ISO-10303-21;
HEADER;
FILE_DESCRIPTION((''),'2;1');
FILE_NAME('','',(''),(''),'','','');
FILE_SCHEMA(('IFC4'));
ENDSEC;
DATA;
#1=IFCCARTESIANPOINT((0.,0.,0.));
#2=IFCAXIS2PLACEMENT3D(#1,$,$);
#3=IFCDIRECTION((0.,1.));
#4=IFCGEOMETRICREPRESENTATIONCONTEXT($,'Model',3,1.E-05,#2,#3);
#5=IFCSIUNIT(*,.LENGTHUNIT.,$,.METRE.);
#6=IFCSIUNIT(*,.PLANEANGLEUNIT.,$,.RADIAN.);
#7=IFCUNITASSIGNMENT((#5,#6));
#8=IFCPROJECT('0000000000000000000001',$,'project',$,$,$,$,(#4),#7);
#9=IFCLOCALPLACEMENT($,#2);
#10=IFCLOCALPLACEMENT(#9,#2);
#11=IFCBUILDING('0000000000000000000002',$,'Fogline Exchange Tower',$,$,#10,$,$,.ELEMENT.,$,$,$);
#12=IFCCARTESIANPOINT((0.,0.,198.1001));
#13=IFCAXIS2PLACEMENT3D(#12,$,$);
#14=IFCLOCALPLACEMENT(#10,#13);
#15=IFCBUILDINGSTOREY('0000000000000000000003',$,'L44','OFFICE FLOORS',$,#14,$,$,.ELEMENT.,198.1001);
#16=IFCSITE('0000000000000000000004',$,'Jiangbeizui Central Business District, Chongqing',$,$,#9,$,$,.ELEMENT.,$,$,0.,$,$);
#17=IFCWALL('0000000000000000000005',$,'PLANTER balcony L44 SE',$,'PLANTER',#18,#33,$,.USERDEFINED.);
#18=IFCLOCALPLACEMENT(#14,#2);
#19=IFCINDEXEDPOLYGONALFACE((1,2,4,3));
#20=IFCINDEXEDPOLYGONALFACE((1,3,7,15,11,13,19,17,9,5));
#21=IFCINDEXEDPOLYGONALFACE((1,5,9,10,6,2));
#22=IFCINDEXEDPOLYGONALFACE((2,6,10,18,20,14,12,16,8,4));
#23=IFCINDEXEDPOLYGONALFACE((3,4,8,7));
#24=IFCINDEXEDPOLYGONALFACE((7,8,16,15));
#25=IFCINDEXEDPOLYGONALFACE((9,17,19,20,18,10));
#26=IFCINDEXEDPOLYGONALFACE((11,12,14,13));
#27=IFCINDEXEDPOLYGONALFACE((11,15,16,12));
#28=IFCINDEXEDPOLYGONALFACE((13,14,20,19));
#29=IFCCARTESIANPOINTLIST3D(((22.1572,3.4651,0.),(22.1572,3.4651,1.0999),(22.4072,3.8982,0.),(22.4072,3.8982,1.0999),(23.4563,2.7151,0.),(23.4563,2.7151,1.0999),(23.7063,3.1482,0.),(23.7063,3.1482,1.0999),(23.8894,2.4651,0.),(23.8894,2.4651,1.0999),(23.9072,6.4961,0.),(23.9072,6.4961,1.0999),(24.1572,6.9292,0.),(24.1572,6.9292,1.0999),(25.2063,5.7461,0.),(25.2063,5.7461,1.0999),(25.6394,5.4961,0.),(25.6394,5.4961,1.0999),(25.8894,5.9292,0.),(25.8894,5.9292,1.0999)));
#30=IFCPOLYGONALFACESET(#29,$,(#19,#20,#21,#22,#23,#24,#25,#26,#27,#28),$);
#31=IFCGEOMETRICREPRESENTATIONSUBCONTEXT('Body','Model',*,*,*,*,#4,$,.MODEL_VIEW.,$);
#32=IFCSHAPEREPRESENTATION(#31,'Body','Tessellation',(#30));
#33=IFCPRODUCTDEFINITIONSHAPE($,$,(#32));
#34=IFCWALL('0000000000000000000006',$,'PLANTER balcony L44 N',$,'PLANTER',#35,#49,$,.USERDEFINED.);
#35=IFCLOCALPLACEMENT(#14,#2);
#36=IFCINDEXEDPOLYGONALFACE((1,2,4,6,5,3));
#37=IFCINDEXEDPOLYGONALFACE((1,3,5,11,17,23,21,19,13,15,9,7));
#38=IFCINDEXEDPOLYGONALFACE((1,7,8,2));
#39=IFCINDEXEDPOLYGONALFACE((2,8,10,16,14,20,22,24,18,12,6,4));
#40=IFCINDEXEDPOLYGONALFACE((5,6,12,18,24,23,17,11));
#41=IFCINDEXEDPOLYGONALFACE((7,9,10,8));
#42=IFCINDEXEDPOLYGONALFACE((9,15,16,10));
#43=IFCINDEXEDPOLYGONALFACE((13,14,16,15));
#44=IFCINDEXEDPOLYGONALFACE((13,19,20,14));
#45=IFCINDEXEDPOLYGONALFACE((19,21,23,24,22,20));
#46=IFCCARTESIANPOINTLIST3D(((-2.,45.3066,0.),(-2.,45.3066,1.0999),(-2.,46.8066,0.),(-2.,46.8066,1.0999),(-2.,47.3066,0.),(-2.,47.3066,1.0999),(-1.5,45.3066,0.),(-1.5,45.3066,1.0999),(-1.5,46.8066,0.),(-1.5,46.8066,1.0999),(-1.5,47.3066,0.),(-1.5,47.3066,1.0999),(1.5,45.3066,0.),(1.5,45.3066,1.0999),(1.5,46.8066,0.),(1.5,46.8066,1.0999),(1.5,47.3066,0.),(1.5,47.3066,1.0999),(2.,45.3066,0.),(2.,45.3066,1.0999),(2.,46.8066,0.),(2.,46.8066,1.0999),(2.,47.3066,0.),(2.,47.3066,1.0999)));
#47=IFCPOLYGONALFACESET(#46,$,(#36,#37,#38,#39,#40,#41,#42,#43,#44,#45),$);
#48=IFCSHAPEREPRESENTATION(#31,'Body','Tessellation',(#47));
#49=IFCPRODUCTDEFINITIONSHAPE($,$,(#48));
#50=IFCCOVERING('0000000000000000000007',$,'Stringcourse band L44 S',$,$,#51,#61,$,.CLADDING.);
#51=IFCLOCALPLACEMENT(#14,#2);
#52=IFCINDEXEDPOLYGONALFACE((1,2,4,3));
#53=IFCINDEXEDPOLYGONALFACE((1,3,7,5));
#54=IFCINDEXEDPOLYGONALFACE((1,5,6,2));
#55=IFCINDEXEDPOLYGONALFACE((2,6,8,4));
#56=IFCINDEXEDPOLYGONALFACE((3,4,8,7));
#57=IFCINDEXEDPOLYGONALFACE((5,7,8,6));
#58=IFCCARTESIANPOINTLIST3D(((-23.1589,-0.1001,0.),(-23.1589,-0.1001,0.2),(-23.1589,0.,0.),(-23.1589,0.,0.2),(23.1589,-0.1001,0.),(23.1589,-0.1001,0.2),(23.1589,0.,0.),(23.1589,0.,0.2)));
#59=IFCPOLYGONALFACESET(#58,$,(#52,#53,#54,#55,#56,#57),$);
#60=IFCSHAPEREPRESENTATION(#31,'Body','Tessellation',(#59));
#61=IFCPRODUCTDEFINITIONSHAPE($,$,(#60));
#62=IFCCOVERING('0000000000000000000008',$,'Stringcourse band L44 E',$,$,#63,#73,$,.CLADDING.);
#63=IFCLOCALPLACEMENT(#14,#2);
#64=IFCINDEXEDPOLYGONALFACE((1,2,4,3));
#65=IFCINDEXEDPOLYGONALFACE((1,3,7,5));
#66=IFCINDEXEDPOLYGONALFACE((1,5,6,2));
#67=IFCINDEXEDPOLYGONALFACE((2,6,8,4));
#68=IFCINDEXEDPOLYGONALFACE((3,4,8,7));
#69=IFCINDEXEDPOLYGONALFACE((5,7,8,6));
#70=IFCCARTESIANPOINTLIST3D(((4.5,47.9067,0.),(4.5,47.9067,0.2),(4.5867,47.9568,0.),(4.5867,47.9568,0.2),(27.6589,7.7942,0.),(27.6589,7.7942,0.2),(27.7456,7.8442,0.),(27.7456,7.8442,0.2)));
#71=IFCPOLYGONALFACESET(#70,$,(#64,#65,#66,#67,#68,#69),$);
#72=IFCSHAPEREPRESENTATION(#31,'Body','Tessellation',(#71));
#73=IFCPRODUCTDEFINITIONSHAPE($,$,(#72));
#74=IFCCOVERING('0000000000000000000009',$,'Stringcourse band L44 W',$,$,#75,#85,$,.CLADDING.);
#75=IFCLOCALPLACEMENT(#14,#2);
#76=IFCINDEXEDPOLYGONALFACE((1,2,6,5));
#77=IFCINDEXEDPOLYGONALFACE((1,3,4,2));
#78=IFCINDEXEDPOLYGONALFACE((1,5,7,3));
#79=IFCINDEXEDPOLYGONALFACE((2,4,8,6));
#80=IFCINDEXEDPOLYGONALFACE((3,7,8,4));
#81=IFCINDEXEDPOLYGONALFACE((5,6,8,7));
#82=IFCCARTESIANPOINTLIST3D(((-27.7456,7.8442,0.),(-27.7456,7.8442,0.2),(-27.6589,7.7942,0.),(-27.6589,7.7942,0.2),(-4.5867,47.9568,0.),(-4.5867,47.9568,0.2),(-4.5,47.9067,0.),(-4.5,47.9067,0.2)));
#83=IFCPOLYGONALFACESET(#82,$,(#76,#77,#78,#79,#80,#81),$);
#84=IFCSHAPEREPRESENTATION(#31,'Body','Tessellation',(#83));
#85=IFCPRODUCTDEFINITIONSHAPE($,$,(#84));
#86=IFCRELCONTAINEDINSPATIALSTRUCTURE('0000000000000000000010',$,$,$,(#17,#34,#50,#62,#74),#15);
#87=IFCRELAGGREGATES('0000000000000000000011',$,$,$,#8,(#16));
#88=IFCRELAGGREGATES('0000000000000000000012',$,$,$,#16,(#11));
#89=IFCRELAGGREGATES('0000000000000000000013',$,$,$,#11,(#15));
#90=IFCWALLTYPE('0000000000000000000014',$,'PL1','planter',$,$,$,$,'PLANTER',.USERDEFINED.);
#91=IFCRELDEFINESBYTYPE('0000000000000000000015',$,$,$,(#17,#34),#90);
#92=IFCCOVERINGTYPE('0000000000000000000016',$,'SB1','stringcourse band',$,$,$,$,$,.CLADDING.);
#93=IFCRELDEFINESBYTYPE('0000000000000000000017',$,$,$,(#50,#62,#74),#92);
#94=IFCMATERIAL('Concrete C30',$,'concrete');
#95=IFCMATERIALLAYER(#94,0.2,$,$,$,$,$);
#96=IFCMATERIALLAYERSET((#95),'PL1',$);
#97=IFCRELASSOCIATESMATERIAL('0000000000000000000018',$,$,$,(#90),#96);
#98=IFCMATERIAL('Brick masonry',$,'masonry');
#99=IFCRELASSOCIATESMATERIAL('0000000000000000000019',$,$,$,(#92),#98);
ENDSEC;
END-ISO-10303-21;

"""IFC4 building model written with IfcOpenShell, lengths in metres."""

from ifc_helpers import new_model, si_unit, direction, frame, origin, place, context, subcontext, project, spatial, polyline, outline, extrude, material, layer, layer_set, type_object, element, save


model = new_model("IFC4")

# Units and contexts
model_context = context("Model", 3, precision=1e-05, world=origin(), true_north=direction((0.0, 1.0)))
body_context = subcontext(model_context, "Body", "Model", "MODEL_VIEW")
ifc_project = project(units=[si_unit("LENGTHUNIT", "METRE"), si_unit("PLANEANGLEUNIT", "RADIAN")], contexts=[model_context])

# Site, building, storey
site_placement = place(None, origin())
site = spatial("IfcSite", under=ifc_project, at=site_placement, Name="Jiangbeizui Central Business District, Chongqing", CompositionType="ELEMENT", RefElevation=0.0)
building_placement = place(site_placement, origin())
building = spatial("IfcBuilding", under=site, at=building_placement, Name="Fogline Exchange Tower", CompositionType="ELEMENT")
storey_placement = place(building_placement, frame((0.0, 0.0, 198.1001)))
storey = spatial("IfcBuildingStorey", under=building, at=storey_placement, Name="L44", Description="OFFICE FLOORS", CompositionType="ELEMENT", Elevation=198.1001)

# Walls
ifc_material_1 = material(Name="Brick masonry", Category="masonry")
ifc_material_2 = material(Name="Concrete C30", Category="concrete")
ifc_layer_1 = layer(ifc_material_2, 0.2)
ifc_layer_set_1 = layer_set([ifc_layer_1], Name="PL1")
wall_type_1 = type_object("IfcWallType", Name="PL1", Description="planter", ElementType="PLANTER", PredefinedType="USERDEFINED", material=ifc_layer_set_1)
wall_1_placement = place(storey_placement, origin())
element("IfcWall", 1, at=wall_1_placement, inside=storey, type_object=wall_type_1, Name="PLANTER balcony L44 SE", ObjectType="PLANTER", PredefinedType="USERDEFINED", context=body_context, shape_type="SweptSolid", body=[
    extrude(outline(polyline([(22.1572, 3.4651), (23.4563, 2.7151), (23.4563, 2.7151), (23.8894, 2.4651), (25.6394, 5.4961), (25.8894, 5.9292), (24.1572, 6.9292), (23.9072, 6.4961), (25.2063, 5.7461), (23.7063, 3.1482), (22.4072, 3.8982), (22.1572, 3.4651)])), origin(), (0.0, 0.0, 1.0), 1.0999),
])
wall_2_placement = place(storey_placement, origin())
element("IfcWall", 2, at=wall_2_placement, inside=storey, type_object=wall_type_1, Name="PLANTER balcony L44 N", ObjectType="PLANTER", PredefinedType="USERDEFINED", context=body_context, shape_type="SweptSolid", body=[
    extrude(outline(polyline([(-1.5, 47.3066), (-2.0, 47.3066), (-2.0, 46.8066), (-2.0, 45.3066), (-1.5, 45.3066), (-1.5, 46.8066), (1.5, 46.8066), (1.5, 45.3066), (2.0, 45.3066), (2.0, 46.8066), (2.0, 47.3066), (1.5, 47.3066), (-1.5, 47.3066)])), origin(), (0.0, 0.0, 1.0), 1.0999),
])

# Coverings
covering_type = type_object("IfcCoveringType", Name="SB1", Description="stringcourse band", PredefinedType="CLADDING", material=ifc_material_1)
covering_1_placement = place(storey_placement, origin())
element("IfcCovering", 3, at=covering_1_placement, inside=storey, type_object=covering_type, Name="Stringcourse band L44 S", PredefinedType="CLADDING", context=body_context, shape_type="SweptSolid", body=[
    extrude(outline(polyline([(-23.1589, 0.0), (-23.1589, -0.1001), (23.1589, -0.1001), (23.1589, 0.0), (-23.1589, 0.0)])), origin(), (0.0, 0.0, 1.0), 0.2),
])
covering_2_placement = place(storey_placement, origin())
element("IfcCovering", 4, at=covering_2_placement, inside=storey, type_object=covering_type, Name="Stringcourse band L44 E", PredefinedType="CLADDING", context=body_context, shape_type="SweptSolid", body=[
    extrude(outline(polyline([(27.6589, 7.7942), (27.7456, 7.8442), (4.5867, 47.9568), (4.5, 47.9067), (27.6589, 7.7942)])), origin(), (0.0, 0.0, 1.0), 0.2),
])
covering_3_placement = place(storey_placement, origin())
element("IfcCovering", 5, at=covering_3_placement, inside=storey, type_object=covering_type, Name="Stringcourse band L44 W", PredefinedType="CLADDING", context=body_context, shape_type="SweptSolid", body=[
    extrude(outline(polyline([(-4.5, 47.9067), (-4.5867, 47.9568), (-27.7456, 7.8442), (-27.6589, 7.7942), (-4.5, 47.9067)])), origin(), (0.0, 0.0, 1.0), 0.2),
])

save(model, "model.ifc")
